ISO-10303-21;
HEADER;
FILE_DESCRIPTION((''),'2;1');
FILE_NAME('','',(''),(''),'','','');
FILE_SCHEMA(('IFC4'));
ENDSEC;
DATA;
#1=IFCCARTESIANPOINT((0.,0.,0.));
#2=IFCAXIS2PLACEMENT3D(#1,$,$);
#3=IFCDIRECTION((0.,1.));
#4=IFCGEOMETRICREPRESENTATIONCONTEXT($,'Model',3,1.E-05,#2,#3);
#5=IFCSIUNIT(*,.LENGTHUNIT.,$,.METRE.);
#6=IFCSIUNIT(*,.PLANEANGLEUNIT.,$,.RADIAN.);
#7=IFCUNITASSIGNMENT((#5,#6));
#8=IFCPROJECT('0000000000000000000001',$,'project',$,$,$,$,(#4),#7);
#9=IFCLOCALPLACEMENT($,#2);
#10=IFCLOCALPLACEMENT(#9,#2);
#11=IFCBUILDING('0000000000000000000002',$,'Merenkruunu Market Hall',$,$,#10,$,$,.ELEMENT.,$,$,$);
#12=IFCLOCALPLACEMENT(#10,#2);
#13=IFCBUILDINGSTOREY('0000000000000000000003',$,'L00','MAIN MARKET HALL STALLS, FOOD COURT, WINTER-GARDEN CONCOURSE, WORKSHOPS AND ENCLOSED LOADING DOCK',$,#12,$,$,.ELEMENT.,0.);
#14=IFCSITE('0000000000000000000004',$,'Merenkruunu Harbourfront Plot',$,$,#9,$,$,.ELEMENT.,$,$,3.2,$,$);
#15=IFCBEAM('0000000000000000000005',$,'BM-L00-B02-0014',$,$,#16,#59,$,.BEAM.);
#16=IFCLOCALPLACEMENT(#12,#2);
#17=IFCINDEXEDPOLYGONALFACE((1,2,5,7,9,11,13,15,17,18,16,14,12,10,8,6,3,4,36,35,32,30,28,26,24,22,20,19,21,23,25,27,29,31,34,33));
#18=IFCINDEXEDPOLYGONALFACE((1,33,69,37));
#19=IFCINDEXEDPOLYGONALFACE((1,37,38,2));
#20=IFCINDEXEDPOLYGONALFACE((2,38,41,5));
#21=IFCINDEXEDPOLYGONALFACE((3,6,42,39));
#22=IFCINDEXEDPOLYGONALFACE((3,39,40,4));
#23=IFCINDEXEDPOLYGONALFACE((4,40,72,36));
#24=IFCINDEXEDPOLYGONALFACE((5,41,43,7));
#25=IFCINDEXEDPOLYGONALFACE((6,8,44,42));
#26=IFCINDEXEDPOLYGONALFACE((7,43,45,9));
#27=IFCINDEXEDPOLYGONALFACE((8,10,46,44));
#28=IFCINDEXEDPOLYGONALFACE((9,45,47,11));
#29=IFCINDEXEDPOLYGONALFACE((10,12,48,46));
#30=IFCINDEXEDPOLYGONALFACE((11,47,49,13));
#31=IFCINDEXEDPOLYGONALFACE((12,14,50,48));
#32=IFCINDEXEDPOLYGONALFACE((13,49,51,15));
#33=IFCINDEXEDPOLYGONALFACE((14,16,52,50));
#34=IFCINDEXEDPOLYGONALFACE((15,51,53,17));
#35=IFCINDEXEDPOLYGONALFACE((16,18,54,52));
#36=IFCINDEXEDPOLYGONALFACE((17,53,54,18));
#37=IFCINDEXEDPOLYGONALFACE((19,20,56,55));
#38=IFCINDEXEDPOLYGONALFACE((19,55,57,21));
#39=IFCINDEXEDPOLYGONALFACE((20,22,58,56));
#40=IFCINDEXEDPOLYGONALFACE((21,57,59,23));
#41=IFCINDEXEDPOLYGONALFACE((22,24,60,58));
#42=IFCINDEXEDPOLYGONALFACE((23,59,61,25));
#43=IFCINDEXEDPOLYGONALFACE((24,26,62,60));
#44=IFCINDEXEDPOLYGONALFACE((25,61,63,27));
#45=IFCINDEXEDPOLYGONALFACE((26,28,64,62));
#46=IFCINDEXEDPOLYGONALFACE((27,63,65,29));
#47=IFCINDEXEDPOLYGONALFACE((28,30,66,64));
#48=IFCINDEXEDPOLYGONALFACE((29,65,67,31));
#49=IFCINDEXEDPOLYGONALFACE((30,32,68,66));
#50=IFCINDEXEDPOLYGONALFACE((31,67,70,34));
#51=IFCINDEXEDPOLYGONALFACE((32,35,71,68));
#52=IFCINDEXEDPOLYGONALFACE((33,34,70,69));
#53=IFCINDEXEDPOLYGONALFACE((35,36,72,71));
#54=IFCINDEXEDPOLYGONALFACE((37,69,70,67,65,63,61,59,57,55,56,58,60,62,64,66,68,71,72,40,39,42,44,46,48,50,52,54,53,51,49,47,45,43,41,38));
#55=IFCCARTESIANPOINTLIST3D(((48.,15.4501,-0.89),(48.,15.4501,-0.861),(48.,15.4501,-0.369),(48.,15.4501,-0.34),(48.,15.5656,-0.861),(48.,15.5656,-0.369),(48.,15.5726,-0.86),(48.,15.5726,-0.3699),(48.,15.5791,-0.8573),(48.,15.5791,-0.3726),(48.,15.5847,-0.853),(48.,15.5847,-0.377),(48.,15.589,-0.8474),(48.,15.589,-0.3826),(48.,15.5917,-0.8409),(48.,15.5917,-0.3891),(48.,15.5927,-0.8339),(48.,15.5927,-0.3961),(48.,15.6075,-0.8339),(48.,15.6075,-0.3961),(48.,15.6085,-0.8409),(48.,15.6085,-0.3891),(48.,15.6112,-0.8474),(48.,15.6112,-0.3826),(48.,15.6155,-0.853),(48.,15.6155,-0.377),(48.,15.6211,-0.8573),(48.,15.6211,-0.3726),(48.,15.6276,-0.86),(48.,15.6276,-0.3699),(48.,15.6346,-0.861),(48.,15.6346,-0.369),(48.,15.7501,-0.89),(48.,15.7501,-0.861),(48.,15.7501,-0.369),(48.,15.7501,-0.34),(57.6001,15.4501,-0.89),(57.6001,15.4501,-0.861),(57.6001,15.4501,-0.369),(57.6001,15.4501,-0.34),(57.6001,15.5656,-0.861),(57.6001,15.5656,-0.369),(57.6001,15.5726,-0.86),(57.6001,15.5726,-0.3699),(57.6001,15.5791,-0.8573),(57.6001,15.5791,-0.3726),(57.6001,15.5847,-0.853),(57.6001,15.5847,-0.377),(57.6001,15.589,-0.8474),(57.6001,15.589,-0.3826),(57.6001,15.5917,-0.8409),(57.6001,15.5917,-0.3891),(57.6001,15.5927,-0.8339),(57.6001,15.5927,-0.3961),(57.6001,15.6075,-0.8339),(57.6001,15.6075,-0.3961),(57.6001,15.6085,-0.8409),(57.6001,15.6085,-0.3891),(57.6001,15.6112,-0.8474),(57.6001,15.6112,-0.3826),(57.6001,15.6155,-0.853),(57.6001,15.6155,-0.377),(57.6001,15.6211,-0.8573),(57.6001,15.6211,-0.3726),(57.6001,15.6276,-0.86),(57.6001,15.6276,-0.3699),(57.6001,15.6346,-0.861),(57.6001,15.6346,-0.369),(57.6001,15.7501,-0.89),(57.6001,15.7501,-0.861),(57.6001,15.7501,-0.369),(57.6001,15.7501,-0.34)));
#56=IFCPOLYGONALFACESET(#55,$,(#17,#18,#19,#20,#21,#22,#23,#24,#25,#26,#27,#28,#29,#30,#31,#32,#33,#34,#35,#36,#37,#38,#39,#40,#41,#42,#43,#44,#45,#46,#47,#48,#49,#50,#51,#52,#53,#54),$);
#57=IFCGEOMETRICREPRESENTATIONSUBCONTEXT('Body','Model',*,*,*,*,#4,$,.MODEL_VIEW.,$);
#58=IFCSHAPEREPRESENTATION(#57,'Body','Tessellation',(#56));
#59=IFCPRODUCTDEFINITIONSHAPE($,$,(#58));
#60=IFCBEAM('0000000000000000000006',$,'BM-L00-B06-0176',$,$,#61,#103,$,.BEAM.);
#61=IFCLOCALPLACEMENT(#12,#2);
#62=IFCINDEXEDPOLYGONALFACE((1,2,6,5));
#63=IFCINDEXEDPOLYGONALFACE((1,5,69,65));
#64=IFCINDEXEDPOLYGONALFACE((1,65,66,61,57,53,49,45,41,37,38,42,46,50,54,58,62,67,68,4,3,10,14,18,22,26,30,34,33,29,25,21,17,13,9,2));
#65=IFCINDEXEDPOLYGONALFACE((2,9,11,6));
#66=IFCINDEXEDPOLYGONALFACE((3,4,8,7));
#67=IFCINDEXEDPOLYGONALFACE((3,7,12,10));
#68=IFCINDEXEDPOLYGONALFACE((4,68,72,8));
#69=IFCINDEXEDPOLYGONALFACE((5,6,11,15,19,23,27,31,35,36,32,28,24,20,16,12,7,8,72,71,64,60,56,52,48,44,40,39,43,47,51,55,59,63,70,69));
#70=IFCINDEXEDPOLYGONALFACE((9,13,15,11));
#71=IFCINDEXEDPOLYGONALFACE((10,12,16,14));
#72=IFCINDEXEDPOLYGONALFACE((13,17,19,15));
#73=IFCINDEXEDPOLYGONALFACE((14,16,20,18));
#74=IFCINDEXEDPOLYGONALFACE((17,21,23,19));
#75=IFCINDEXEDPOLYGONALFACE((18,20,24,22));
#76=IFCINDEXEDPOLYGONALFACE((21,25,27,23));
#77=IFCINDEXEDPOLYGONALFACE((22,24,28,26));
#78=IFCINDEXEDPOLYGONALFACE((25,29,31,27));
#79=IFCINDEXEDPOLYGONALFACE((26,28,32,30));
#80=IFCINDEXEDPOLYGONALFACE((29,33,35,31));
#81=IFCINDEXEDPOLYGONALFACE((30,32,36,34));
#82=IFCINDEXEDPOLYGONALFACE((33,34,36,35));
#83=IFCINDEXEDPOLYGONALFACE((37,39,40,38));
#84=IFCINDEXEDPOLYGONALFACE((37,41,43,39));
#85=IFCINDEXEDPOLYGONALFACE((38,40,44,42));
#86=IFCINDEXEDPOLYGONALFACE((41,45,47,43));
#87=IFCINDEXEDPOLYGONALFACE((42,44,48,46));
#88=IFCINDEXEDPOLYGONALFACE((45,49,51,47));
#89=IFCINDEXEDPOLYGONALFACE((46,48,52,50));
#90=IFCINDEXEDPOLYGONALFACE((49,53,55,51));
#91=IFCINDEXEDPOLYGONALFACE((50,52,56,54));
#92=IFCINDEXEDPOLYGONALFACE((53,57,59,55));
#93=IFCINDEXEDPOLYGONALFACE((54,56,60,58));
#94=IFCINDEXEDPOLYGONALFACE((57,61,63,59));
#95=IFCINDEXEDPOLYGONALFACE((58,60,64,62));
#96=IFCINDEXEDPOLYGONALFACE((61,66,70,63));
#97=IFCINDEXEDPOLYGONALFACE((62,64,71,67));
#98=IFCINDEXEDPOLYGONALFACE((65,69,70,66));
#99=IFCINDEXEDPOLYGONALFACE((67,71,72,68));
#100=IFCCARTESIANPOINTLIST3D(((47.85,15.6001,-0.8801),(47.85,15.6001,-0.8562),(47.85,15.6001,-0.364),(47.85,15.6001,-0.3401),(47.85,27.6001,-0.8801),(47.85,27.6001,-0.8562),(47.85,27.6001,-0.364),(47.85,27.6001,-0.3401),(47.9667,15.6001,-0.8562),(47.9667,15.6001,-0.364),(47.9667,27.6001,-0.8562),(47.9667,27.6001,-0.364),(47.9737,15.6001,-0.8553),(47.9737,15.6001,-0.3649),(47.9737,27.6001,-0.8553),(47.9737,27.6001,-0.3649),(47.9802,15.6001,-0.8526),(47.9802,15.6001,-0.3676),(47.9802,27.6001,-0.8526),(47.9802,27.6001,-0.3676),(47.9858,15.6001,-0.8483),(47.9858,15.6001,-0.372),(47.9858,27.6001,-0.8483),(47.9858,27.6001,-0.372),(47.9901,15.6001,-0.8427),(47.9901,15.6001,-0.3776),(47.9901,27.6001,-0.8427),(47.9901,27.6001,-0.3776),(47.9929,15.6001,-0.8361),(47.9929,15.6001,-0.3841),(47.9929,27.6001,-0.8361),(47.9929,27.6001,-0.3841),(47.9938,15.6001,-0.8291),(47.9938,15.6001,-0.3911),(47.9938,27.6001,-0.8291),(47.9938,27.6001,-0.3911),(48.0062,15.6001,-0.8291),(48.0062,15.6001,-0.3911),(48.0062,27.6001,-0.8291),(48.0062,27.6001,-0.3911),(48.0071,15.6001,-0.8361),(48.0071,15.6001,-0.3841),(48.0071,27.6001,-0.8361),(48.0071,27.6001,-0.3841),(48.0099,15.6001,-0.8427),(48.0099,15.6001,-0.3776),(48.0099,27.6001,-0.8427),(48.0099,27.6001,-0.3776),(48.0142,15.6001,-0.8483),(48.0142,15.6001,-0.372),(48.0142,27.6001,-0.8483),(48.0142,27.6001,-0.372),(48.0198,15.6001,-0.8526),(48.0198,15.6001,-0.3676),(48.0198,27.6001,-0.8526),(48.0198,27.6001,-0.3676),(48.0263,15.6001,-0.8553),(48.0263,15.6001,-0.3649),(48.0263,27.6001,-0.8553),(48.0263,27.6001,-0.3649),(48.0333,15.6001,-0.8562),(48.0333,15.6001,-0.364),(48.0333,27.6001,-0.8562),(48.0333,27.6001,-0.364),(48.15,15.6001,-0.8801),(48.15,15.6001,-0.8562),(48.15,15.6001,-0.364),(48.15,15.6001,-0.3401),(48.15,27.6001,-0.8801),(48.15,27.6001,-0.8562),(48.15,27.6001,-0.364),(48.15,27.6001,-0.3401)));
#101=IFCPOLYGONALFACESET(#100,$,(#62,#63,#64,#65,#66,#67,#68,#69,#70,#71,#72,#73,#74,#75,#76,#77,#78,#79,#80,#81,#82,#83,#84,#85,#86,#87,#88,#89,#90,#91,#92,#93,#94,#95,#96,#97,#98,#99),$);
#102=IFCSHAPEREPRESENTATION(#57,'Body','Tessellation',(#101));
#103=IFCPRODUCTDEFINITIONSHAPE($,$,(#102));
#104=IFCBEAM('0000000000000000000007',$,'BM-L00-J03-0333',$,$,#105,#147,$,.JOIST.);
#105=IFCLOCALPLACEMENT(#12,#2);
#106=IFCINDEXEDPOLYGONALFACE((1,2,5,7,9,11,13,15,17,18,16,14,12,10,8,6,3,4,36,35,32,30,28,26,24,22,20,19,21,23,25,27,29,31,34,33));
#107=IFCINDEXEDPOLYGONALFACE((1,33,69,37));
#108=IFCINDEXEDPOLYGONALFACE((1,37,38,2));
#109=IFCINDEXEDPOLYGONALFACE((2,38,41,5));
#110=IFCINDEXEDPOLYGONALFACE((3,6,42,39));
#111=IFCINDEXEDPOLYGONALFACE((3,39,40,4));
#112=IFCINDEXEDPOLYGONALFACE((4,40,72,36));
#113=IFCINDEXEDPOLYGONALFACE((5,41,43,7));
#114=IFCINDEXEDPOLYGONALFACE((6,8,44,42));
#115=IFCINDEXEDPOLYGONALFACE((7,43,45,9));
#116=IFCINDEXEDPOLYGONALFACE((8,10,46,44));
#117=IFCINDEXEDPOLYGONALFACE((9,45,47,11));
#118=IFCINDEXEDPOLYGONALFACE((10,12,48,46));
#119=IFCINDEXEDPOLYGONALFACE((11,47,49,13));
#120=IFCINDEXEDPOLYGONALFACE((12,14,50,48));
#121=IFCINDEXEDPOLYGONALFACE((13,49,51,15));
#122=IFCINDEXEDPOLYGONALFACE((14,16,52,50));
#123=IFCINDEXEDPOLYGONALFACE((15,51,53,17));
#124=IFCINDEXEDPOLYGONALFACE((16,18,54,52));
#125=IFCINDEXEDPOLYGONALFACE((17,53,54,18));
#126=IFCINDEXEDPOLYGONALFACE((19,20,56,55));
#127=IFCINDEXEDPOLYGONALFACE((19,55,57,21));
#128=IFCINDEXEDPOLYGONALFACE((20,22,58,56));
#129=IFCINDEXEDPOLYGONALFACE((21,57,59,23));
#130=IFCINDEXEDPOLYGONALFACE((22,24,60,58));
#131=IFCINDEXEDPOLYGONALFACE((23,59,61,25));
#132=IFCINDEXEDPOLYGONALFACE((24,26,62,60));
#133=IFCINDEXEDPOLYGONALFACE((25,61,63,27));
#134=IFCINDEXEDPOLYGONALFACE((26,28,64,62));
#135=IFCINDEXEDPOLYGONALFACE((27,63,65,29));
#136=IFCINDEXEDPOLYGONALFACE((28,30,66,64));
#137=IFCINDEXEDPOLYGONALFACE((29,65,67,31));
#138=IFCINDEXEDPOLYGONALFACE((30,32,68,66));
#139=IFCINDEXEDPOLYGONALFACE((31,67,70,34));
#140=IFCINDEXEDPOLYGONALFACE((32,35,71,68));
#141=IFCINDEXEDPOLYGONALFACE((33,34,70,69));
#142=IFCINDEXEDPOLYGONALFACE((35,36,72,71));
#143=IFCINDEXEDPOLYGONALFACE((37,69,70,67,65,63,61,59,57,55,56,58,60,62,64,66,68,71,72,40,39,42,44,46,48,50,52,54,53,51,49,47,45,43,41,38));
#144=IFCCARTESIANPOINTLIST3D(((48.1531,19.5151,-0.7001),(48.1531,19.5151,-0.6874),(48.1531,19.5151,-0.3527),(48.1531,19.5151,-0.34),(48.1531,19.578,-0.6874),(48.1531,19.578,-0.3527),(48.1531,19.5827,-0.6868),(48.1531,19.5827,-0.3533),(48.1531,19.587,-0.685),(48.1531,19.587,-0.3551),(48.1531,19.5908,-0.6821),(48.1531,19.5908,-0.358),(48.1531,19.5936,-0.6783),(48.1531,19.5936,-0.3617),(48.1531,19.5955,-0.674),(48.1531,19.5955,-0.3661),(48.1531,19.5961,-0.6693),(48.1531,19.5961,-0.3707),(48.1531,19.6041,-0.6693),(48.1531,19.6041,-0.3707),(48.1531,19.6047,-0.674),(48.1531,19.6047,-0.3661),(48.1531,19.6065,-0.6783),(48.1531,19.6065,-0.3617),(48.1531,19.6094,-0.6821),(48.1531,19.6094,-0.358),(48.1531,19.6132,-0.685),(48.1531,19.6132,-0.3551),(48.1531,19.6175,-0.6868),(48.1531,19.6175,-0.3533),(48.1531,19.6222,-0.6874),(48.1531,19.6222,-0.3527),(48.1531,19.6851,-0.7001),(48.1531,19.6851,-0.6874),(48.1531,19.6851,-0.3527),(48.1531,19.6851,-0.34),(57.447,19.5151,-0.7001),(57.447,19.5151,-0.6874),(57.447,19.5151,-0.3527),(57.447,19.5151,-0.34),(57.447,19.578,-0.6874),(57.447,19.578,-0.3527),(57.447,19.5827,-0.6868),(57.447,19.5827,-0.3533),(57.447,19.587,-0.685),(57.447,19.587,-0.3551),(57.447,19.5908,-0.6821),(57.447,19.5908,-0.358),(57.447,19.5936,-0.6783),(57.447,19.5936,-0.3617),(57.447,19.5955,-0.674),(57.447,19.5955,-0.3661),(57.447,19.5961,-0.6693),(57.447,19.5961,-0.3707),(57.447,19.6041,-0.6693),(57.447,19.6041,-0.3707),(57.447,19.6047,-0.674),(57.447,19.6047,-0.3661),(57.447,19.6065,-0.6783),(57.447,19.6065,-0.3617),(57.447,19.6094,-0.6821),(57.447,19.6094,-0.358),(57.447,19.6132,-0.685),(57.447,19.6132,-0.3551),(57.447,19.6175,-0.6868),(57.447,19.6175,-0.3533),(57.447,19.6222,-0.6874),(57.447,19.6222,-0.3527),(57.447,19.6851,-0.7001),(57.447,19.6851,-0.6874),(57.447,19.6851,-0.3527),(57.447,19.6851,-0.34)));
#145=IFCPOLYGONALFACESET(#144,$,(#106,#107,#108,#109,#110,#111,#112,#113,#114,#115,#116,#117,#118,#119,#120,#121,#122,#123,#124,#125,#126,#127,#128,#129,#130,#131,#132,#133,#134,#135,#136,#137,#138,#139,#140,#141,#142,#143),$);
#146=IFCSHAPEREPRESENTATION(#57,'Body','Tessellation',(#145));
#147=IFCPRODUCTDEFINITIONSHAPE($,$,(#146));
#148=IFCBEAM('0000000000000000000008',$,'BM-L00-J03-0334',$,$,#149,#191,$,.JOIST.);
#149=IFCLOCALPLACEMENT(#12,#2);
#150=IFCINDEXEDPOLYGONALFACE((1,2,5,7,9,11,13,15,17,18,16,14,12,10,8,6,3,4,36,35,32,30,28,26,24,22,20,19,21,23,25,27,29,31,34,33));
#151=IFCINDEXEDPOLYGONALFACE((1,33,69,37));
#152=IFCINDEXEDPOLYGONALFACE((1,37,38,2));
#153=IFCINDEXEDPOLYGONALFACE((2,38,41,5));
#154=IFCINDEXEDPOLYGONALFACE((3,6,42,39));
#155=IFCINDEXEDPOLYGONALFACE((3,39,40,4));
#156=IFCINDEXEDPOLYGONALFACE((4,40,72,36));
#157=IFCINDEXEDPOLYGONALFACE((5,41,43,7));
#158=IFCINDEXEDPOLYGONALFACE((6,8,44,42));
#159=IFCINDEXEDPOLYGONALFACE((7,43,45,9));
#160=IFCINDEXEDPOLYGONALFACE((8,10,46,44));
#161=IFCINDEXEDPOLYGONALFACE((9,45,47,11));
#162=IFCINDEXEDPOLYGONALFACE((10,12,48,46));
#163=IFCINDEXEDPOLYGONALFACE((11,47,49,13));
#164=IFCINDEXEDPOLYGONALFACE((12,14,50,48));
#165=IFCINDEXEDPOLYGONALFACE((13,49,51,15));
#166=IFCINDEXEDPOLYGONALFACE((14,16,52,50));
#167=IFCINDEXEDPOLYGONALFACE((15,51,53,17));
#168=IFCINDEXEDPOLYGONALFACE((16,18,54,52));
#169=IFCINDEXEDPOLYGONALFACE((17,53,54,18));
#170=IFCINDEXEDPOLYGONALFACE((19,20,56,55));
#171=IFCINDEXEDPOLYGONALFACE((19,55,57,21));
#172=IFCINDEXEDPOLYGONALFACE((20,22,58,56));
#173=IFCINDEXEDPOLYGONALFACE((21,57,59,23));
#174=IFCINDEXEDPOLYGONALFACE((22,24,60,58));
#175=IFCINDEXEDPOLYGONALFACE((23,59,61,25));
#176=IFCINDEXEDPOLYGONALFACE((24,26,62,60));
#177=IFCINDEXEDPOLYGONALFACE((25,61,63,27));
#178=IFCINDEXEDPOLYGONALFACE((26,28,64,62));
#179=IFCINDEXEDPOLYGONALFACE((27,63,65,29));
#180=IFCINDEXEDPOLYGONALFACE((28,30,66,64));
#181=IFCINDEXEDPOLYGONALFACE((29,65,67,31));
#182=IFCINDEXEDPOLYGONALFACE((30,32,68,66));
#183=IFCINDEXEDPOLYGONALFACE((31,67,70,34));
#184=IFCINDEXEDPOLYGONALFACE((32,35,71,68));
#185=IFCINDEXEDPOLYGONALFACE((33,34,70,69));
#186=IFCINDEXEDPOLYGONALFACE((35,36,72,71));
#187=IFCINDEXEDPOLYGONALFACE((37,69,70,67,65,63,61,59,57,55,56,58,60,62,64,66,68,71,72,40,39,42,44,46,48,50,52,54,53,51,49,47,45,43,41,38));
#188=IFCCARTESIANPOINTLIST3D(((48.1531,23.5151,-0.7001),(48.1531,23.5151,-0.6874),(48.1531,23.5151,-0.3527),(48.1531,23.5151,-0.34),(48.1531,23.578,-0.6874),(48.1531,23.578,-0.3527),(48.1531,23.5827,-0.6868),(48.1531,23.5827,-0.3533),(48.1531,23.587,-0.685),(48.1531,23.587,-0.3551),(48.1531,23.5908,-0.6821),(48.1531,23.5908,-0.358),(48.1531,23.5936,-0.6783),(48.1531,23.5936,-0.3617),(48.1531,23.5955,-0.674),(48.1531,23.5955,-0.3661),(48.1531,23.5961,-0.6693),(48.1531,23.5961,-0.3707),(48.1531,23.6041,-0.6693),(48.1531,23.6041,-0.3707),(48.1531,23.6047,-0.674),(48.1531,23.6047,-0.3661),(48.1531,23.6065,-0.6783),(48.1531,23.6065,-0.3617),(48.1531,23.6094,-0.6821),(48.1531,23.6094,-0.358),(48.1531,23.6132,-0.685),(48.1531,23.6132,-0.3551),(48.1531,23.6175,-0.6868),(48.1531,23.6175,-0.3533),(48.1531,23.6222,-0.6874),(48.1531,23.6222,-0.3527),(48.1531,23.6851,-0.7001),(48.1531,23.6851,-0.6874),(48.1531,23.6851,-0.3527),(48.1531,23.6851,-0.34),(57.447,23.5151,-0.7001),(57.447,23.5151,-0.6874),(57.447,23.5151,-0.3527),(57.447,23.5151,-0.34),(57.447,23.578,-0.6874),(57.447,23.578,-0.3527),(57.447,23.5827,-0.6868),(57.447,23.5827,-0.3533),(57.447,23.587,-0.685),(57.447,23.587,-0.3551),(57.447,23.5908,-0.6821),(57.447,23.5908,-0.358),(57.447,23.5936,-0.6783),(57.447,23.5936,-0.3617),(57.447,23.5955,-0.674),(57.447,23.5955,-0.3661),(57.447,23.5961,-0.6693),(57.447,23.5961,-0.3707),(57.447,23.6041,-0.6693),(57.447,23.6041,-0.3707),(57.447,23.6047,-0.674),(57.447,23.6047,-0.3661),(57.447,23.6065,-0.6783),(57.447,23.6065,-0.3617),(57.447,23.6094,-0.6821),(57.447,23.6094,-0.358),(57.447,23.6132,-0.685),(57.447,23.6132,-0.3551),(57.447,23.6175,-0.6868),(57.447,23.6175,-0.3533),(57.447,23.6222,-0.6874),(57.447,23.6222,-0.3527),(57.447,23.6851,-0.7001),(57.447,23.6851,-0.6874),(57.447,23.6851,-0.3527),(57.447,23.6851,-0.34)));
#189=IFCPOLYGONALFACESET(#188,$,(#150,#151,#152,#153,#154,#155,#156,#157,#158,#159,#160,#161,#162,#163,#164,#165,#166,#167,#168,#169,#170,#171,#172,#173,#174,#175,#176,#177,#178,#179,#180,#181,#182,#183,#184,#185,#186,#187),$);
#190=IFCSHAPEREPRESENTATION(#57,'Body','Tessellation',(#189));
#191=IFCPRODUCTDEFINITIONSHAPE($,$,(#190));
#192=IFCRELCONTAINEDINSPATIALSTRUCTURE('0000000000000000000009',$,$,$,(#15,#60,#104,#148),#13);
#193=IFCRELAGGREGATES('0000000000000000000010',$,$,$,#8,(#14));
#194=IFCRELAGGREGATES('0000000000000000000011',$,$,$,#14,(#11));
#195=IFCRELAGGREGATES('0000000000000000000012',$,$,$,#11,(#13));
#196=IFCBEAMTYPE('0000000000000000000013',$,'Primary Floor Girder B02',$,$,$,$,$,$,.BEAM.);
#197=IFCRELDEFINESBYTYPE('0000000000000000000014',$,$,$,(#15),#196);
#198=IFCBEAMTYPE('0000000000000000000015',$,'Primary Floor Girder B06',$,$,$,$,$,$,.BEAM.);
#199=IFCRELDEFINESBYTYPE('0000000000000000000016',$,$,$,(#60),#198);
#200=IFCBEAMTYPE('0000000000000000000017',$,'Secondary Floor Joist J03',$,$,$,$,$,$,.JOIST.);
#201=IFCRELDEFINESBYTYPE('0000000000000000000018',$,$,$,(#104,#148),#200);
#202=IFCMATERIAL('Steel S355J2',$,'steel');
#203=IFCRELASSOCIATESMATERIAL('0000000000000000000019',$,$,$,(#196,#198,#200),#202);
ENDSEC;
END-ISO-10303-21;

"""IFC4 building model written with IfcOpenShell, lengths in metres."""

from ifc_helpers import new_model, si_unit, direction, frame, origin, origin_2d, place, context, subcontext, project, spatial, i_section, extrude, material, material_profile, profile_set, type_object, element, save


model = new_model("IFC4")

# Units and contexts
model_context = context("Model", 3, precision=1e-05, world=origin(), true_north=direction((0.0, 1.0)))
body_context = subcontext(model_context, "Body", "Model", "MODEL_VIEW")
ifc_project = project(units=[si_unit("LENGTHUNIT", "METRE"), si_unit("PLANEANGLEUNIT", "RADIAN")], contexts=[model_context])

# Site, building, storey
site_placement = place(None, origin())
site = spatial("IfcSite", under=ifc_project, at=site_placement, Name="Merenkruunu Harbourfront Plot", CompositionType="ELEMENT", RefElevation=3.2)
building_placement = place(site_placement, origin())
building = spatial("IfcBuilding", under=site, at=building_placement, Name="Merenkruunu Market Hall", CompositionType="ELEMENT")
storey_placement = place(building_placement, origin())
storey = spatial("IfcBuildingStorey", under=building, at=storey_placement, Name="L00", Description="MAIN MARKET HALL STALLS, FOOD COURT, WINTER-GARDEN CONCOURSE, WORKSHOPS AND ENCLOSED LOADING DOCK", CompositionType="ELEMENT", Elevation=0.0)

# Shared definitions
ifc_material_1 = material(Name="Steel S355J2", Category="steel")

# Beams
ifc_material_profile_1 = material_profile(ifc_material_1, i_section(OverallWidth=0.3, OverallDepth=0.55, WebThickness=0.0149, FlangeThickness=0.0291, FilletRadius=0.0271, at=origin_2d()), Name="HEB 550")
ifc_profile_set_1 = profile_set([ifc_material_profile_1], Name="Steel S355J2")
beam_type_1 = type_object("IfcBeamType", Name="Primary Floor Girder B02", PredefinedType="BEAM", material=ifc_profile_set_1)
beam_1_placement = place(storey_placement, frame((48.0, 15.6001, -0.615), z_axis=(1.0, 0.0, 0.0), x_axis=(0.0, 1.0, 0.0)))
element("IfcBeam", 1, at=beam_1_placement, inside=storey, type_object=beam_type_1, Name="BM-L00-B02-0014", PredefinedType="BEAM", context=body_context, shape_type="SweptSolid", body=[
    extrude(i_section(OverallWidth=0.3, OverallDepth=0.55, WebThickness=0.0149, FlangeThickness=0.0291, FilletRadius=0.0271, at=origin_2d()), origin(), (0.0, 0.0, 1.0), 9.6001),
])
ifc_material_profile_2 = material_profile(ifc_material_1, i_section(OverallWidth=0.3, OverallDepth=0.54, WebThickness=0.0125, FlangeThickness=0.0239, FilletRadius=0.0271, at=origin_2d()), Name="HEA 550")
ifc_profile_set_2 = profile_set([ifc_material_profile_2], Name="Steel S355J2")
beam_type_2 = type_object("IfcBeamType", Name="Primary Floor Girder B06", PredefinedType="BEAM", material=ifc_profile_set_2)
beam_2_placement = place(storey_placement, frame((48.0, 15.6001, -0.6101), z_axis=(0.0, 1.0, 0.0), x_axis=(-1.0, 0.0, 0.0)))
element("IfcBeam", 2, at=beam_2_placement, inside=storey, type_object=beam_type_2, Name="BM-L00-B06-0176", PredefinedType="BEAM", context=body_context, shape_type="SweptSolid", body=[
    extrude(i_section(OverallWidth=0.3, OverallDepth=0.54, WebThickness=0.0125, FlangeThickness=0.0239, FilletRadius=0.0271, at=origin_2d()), origin(), (0.0, 0.0, 1.0), 12.0),
])
ifc_material_profile_3 = material_profile(ifc_material_1, i_section(OverallWidth=0.1699, OverallDepth=0.3601, WebThickness=0.0081, FlangeThickness=0.0127, FilletRadius=0.0181, at=origin_2d()), Name="IPE 360")
ifc_profile_set_3 = profile_set([ifc_material_profile_3], Name="Steel S355J2")
beam_type_3 = type_object("IfcBeamType", Name="Secondary Floor Joist J03", PredefinedType="JOIST", material=ifc_profile_set_3)
for number, where, z_axis, x_axis, name in (
    (3, (48.1531, 19.6001, -0.52), (1.0, 0.0, 0.0), (0.0, 1.0, 0.0), "BM-L00-J03-0333"),
    (4, (48.1531, 23.6001, -0.52), (1.0, 0.0, 0.0), (0.0, 1.0, 0.0), "BM-L00-J03-0334"),
):
    element("IfcBeam", number, at=place(storey_placement, frame(where, z_axis=z_axis, x_axis=x_axis)), inside=storey, type_object=beam_type_3, Name=name, PredefinedType="JOIST", context=body_context, shape_type="SweptSolid", body=[
        extrude(i_section(OverallWidth=0.1699, OverallDepth=0.3601, WebThickness=0.0081, FlangeThickness=0.0127, FilletRadius=0.0181, at=origin_2d()), origin(), (0.0, 0.0, 1.0), 9.2939),
    ])

save(model, "model.ifc")
